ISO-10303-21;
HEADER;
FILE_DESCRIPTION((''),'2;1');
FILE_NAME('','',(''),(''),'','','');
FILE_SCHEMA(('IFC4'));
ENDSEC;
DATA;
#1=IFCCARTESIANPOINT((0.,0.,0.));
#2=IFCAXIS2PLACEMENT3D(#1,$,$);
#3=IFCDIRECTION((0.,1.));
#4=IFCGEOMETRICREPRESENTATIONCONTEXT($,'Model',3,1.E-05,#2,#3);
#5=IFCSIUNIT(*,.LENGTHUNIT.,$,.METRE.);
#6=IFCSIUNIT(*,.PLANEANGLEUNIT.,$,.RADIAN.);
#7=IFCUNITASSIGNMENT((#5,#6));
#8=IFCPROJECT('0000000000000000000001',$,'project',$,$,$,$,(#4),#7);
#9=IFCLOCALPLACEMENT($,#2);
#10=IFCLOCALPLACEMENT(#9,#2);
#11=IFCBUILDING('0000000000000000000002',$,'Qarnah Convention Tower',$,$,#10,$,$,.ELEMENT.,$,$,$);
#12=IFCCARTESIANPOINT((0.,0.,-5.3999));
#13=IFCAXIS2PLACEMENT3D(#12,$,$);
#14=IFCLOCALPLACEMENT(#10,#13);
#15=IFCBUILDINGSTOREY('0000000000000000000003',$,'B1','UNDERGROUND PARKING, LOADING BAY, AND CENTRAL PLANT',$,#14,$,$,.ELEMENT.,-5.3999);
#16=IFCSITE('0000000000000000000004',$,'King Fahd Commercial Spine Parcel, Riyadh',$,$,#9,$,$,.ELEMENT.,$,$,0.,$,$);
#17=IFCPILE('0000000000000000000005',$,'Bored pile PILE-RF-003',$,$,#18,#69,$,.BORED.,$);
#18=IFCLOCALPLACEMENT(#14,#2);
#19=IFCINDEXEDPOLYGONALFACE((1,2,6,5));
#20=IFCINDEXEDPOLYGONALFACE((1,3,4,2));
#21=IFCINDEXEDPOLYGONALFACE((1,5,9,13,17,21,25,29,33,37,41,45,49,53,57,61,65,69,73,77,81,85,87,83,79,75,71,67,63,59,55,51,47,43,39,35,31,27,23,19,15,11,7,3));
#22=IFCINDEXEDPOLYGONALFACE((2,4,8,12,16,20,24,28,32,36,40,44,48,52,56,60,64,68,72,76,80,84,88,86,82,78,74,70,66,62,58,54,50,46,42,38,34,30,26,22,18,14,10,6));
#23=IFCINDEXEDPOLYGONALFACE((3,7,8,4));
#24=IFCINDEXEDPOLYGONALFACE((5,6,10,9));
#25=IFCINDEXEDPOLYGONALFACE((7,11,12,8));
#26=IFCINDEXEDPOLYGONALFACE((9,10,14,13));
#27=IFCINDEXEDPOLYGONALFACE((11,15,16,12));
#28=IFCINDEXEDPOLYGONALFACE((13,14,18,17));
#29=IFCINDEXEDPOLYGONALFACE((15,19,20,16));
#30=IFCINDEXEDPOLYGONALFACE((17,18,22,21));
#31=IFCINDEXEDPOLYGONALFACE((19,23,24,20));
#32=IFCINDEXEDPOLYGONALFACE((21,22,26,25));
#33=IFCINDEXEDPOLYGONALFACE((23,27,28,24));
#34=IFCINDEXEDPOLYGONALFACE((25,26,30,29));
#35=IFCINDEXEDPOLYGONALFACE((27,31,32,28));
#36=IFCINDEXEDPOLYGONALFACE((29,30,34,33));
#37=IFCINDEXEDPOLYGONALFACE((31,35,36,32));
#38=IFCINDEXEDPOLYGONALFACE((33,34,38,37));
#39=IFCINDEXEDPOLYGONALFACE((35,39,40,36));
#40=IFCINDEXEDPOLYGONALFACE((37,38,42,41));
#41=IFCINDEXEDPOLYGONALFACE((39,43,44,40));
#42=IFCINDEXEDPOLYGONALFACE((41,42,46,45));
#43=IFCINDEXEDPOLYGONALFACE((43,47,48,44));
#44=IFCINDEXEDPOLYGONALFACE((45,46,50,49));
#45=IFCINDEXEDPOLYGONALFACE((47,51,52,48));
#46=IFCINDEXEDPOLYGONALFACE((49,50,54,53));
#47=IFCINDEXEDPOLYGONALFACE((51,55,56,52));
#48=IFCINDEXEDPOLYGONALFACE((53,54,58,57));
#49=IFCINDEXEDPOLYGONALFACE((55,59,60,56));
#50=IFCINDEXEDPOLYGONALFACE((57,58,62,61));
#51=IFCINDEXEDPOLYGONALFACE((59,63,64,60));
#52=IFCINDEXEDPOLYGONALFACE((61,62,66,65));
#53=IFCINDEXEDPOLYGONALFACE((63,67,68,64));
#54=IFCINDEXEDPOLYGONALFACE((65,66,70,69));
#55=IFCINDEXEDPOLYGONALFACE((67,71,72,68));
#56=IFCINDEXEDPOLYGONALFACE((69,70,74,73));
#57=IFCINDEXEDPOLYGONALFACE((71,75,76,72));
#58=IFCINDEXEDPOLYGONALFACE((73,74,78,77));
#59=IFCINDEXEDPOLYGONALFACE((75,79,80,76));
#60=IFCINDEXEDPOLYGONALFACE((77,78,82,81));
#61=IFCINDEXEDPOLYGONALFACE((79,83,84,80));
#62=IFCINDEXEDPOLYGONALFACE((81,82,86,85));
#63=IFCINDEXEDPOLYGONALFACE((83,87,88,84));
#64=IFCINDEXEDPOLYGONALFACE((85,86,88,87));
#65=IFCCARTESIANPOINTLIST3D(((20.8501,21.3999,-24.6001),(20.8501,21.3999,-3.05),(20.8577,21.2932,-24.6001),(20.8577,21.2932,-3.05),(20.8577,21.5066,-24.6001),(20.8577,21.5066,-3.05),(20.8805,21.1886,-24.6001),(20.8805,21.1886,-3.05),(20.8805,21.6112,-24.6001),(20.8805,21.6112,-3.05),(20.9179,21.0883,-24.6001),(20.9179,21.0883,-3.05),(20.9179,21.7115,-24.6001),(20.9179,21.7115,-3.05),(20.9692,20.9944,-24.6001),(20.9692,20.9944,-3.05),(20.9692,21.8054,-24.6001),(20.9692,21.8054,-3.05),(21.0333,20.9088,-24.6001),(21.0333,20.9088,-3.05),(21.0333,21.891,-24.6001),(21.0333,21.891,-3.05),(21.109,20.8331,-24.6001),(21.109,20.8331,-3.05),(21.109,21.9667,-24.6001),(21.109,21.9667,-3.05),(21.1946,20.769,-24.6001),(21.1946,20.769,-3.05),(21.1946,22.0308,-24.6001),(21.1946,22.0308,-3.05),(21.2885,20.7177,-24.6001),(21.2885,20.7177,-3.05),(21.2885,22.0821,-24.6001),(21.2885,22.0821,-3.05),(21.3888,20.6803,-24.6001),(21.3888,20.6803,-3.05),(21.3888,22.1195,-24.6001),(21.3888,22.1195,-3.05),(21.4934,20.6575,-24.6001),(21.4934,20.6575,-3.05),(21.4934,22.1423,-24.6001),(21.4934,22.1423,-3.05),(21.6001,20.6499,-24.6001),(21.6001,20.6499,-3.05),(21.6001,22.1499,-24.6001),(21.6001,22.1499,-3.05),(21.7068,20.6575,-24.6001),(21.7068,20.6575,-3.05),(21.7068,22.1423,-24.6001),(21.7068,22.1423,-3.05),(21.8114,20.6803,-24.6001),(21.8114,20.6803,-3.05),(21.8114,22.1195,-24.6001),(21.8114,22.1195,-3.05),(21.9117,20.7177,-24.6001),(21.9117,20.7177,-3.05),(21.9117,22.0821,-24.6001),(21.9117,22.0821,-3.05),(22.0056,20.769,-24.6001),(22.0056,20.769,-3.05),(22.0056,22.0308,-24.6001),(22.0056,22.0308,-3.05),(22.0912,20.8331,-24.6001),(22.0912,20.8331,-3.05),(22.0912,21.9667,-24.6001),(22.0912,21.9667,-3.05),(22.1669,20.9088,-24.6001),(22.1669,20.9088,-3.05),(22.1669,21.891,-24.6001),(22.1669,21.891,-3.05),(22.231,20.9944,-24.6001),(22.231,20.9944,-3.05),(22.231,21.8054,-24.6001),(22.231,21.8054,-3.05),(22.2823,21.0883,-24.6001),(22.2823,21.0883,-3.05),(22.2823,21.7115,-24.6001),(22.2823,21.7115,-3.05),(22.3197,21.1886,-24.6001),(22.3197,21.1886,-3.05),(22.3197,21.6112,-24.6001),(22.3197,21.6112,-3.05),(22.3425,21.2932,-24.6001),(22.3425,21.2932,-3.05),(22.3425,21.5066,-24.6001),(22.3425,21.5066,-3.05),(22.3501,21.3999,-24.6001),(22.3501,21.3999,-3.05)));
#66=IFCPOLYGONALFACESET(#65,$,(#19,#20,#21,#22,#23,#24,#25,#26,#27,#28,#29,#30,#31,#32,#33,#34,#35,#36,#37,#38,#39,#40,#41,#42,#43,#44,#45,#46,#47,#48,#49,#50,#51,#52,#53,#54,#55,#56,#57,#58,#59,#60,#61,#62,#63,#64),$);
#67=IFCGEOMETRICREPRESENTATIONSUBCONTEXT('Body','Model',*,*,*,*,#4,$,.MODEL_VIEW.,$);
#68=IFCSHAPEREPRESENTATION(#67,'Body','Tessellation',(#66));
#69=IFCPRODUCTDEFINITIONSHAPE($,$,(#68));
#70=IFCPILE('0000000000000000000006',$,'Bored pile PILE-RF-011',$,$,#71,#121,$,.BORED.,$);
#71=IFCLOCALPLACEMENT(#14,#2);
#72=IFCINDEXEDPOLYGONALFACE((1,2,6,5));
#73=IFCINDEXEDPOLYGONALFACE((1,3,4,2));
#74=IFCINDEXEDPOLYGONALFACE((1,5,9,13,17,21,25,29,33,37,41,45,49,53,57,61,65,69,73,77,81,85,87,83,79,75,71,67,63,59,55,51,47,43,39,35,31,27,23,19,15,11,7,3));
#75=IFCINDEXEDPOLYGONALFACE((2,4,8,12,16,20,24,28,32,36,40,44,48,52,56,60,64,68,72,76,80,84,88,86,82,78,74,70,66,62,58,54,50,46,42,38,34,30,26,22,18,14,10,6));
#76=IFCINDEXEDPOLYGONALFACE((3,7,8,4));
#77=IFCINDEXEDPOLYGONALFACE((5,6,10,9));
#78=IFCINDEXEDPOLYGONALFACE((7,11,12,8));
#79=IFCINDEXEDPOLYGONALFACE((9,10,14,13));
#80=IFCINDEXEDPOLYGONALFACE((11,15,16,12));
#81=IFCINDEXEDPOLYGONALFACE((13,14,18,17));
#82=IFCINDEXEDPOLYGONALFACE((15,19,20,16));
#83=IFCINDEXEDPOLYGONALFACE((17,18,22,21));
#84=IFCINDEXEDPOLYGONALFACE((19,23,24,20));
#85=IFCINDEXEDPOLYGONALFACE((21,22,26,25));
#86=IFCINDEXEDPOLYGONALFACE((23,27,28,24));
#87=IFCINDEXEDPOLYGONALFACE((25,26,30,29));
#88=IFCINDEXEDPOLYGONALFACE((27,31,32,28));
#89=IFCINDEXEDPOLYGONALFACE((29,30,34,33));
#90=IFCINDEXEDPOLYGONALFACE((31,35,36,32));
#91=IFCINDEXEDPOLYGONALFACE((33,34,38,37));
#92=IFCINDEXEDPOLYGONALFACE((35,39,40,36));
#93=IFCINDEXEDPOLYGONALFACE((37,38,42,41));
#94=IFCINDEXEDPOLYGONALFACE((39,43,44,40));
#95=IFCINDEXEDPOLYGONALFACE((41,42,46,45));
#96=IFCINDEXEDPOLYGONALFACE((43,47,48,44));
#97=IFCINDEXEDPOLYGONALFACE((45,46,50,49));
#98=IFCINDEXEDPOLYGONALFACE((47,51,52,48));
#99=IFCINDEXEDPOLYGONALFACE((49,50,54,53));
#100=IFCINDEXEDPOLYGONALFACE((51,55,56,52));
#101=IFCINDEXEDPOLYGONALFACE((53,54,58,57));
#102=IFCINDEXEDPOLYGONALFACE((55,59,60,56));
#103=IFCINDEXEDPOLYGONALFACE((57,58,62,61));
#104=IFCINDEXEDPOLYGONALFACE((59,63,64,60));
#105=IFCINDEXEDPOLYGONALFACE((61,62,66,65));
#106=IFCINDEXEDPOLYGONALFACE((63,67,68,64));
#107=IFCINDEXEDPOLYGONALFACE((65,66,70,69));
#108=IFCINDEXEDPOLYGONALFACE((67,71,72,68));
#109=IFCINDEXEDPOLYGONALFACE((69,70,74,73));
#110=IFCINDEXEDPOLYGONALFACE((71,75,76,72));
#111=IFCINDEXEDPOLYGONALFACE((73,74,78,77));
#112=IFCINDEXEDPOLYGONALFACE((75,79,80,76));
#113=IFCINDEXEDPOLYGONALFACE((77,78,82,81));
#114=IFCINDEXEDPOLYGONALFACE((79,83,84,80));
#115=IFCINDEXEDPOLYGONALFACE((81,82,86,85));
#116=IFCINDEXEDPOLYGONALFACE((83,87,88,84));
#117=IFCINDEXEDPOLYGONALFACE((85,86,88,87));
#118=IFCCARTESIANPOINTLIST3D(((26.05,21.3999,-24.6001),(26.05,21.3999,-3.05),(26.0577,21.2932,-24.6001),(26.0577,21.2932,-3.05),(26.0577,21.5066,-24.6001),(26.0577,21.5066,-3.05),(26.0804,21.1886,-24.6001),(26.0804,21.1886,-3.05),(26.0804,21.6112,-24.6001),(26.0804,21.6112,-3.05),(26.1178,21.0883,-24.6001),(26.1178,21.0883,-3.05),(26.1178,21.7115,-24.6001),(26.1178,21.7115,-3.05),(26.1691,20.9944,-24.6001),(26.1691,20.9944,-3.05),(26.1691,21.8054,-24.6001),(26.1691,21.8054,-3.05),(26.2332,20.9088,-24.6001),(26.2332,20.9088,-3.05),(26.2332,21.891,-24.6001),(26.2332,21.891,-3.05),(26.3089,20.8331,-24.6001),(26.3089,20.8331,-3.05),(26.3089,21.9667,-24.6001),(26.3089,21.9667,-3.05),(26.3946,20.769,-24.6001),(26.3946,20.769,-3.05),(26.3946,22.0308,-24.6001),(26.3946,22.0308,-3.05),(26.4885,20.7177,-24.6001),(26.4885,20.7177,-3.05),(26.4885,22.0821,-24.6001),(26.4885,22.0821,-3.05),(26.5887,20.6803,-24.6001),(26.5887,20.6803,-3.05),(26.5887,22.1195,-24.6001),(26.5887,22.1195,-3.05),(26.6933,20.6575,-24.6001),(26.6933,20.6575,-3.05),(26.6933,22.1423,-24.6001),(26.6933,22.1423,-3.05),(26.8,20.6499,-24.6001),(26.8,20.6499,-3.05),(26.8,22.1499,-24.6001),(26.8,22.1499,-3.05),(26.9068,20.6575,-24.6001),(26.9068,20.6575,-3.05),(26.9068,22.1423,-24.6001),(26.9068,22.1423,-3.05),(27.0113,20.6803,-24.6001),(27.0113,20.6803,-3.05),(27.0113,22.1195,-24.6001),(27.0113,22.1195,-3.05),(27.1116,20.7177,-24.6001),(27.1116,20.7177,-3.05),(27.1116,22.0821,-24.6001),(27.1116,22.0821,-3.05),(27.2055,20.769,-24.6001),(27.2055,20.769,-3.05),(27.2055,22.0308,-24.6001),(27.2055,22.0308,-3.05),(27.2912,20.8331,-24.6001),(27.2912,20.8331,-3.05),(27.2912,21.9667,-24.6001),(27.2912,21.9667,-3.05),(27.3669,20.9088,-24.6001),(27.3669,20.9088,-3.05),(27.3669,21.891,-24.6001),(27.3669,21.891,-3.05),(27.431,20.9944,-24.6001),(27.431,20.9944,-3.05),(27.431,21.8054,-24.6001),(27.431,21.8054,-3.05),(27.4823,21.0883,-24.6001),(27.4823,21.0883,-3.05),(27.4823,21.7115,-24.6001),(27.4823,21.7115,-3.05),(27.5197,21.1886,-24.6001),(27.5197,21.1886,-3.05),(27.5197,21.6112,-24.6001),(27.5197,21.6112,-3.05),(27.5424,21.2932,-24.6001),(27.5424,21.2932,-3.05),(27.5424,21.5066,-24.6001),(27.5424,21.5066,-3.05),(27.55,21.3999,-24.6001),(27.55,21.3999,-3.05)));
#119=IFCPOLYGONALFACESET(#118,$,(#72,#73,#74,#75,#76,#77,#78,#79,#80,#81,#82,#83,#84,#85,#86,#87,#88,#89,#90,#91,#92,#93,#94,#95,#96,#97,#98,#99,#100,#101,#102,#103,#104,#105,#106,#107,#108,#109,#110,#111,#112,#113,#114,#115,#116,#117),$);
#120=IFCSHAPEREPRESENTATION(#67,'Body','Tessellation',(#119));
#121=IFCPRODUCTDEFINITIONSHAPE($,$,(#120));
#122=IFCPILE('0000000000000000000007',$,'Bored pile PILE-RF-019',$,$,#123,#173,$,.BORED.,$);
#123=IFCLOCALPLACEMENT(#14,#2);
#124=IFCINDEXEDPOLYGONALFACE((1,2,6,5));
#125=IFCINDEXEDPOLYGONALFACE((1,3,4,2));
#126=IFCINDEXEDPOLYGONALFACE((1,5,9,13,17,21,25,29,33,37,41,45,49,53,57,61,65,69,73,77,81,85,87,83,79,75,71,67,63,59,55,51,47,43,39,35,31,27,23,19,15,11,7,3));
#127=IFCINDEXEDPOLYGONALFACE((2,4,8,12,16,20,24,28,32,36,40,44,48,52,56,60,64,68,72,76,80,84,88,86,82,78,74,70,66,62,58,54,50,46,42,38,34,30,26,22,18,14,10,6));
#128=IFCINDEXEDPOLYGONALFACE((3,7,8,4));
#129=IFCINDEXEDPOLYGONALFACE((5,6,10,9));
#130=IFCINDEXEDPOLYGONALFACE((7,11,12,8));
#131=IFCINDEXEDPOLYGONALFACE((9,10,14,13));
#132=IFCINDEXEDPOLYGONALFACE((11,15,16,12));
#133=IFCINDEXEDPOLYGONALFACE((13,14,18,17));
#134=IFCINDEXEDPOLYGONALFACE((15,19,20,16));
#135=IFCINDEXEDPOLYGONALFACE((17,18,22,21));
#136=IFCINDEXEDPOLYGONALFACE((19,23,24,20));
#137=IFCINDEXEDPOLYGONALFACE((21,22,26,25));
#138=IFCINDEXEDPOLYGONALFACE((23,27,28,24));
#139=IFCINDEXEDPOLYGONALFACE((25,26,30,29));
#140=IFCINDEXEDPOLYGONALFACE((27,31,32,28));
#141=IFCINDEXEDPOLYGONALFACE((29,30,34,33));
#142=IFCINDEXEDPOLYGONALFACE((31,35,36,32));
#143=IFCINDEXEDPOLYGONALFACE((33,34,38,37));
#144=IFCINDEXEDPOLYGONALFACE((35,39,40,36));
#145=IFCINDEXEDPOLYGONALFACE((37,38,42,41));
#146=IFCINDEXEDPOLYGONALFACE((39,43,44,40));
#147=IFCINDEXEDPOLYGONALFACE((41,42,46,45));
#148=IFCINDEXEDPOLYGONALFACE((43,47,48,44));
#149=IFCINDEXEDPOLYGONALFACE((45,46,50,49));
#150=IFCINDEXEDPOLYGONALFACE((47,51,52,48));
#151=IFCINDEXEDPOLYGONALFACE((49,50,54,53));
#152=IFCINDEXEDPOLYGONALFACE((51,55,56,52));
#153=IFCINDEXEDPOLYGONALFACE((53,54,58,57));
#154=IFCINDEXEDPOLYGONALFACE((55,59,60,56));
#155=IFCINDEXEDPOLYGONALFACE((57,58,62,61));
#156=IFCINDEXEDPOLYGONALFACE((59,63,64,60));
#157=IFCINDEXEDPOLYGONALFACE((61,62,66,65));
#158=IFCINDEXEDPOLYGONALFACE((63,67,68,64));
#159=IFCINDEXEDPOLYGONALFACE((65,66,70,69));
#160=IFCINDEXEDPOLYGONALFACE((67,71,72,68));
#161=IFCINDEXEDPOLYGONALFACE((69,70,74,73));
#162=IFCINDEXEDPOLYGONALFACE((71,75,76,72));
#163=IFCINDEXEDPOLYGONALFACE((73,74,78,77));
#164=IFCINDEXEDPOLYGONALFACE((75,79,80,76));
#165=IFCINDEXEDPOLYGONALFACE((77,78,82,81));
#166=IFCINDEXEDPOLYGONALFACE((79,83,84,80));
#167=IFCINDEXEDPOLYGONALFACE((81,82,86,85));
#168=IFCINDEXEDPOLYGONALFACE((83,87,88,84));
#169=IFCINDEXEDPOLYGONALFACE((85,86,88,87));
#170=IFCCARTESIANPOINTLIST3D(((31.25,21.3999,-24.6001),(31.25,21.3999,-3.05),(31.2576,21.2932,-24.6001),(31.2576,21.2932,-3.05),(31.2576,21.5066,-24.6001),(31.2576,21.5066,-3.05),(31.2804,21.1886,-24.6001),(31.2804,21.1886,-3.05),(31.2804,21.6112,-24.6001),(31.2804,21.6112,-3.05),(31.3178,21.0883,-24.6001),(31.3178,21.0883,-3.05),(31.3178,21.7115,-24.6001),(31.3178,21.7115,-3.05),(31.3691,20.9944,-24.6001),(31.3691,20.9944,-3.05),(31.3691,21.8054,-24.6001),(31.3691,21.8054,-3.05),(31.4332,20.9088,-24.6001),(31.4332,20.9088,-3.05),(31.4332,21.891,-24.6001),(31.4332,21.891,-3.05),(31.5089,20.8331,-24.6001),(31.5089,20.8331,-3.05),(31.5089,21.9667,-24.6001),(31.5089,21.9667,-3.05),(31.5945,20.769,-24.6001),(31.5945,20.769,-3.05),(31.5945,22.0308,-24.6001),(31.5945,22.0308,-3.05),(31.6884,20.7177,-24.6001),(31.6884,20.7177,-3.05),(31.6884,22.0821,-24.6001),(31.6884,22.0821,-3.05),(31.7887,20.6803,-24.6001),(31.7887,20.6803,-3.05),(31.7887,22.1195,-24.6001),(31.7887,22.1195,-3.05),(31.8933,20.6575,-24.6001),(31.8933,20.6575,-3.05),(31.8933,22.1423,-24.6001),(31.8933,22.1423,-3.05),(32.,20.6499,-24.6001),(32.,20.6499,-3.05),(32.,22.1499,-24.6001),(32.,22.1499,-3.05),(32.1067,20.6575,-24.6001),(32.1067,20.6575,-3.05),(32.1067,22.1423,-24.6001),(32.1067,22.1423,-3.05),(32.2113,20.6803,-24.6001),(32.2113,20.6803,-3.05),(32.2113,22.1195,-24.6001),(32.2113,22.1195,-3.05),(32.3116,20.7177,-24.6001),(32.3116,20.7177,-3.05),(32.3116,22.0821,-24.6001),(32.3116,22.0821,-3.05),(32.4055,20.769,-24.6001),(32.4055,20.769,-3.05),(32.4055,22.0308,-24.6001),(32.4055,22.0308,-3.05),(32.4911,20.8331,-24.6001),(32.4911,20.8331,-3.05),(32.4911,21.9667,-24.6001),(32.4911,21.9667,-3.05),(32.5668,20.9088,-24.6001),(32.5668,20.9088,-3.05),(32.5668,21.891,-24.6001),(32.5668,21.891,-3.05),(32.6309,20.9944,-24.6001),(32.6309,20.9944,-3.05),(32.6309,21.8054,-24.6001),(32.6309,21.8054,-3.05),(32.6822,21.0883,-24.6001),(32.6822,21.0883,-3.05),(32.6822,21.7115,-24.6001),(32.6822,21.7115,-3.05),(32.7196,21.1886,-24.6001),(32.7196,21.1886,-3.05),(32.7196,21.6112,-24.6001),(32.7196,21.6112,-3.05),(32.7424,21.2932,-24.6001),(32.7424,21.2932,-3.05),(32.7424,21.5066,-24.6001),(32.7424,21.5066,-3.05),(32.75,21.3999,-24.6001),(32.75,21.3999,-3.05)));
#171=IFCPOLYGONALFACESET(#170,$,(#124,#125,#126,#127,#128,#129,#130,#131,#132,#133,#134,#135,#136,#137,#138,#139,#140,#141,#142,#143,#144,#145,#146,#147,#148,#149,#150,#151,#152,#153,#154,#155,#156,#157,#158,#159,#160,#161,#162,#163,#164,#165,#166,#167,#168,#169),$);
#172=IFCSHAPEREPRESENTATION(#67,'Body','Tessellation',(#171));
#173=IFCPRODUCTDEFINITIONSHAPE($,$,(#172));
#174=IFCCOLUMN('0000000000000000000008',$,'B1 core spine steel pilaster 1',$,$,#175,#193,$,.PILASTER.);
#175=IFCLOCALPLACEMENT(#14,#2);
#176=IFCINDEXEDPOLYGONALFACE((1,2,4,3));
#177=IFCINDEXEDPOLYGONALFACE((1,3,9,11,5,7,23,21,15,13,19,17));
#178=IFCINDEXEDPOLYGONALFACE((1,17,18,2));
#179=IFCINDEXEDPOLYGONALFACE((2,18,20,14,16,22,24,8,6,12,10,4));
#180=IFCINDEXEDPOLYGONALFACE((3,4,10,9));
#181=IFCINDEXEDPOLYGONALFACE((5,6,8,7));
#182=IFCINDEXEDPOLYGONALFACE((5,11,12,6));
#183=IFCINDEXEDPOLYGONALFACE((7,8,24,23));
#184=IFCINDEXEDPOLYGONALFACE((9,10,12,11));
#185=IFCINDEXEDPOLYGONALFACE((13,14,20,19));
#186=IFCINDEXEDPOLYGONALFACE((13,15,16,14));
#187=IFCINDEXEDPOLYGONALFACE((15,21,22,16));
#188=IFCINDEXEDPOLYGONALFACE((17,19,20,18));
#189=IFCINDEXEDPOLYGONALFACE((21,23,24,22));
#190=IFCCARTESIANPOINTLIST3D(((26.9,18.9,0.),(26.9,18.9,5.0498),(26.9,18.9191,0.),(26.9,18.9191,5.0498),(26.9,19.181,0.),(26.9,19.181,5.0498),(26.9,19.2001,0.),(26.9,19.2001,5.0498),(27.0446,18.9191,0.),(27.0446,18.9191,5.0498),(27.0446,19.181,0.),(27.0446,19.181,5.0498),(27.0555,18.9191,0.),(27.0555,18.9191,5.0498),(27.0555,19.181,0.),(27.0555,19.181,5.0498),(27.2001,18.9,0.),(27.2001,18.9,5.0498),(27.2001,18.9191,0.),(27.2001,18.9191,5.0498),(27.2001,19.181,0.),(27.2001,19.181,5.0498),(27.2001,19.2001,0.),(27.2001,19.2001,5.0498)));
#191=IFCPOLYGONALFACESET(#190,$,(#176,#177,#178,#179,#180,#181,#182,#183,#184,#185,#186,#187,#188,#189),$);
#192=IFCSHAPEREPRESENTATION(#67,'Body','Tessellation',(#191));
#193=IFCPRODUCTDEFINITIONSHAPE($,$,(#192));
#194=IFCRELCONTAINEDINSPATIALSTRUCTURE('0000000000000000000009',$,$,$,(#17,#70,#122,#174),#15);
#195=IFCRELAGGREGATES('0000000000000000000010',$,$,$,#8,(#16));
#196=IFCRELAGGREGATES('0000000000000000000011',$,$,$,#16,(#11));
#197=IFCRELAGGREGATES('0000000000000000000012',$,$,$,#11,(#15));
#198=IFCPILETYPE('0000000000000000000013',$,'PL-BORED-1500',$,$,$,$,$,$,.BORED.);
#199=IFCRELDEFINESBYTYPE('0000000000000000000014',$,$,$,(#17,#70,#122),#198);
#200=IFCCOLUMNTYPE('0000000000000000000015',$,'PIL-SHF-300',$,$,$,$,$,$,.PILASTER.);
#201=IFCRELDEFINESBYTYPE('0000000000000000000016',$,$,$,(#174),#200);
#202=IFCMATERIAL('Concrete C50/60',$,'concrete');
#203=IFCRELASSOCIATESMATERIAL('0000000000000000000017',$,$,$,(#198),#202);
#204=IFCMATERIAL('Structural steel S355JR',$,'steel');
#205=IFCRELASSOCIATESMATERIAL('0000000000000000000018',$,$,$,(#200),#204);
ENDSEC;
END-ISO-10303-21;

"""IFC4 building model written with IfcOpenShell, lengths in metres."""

from ifc_helpers import new_model, si_unit, direction, frame, origin, origin_2d, place, context, subcontext, project, spatial, circle, i_section, extrude, material, material_profile, profile_set, type_object, element, save


model = new_model("IFC4")

# Units and contexts
model_context = context("Model", 3, precision=1e-05, world=origin(), true_north=direction((0.0, 1.0)))
body_context = subcontext(model_context, "Body", "Model", "MODEL_VIEW")
ifc_project = project(units=[si_unit("LENGTHUNIT", "METRE"), si_unit("PLANEANGLEUNIT", "RADIAN")], contexts=[model_context])

# Site, building, storey
site_placement = place(None, origin())
site = spatial("IfcSite", under=ifc_project, at=site_placement, Name="King Fahd Commercial Spine Parcel, Riyadh", CompositionType="ELEMENT", RefElevation=0.0)
building_placement = place(site_placement, origin())
building = spatial("IfcBuilding", under=site, at=building_placement, Name="Qarnah Convention Tower", CompositionType="ELEMENT")
storey_placement = place(building_placement, frame((0.0, 0.0, -5.3999)))
storey = spatial("IfcBuildingStorey", under=building, at=storey_placement, Name="B1", Description="UNDERGROUND PARKING, LOADING BAY, AND CENTRAL PLANT", CompositionType="ELEMENT", Elevation=-5.3999)

# Piles
ifc_material_1 = material(Name="Concrete C50/60", Category="concrete")
ifc_material_profile_1 = material_profile(ifc_material_1, circle(Radius=0.75, at=origin_2d()), Name="PILE-D1500")
ifc_profile_set_1 = profile_set([ifc_material_profile_1], Name="Concrete C50/60")
pile_type = type_object("IfcPileType", Name="PL-BORED-1500", PredefinedType="BORED", material=ifc_profile_set_1)
for number, where, z_axis, x_axis, name in (
    (1, (21.6001, 21.3999, -3.05), (0.0, 0.0, -1.0), (1.0, 0.0, 0.0), "Bored pile PILE-RF-003"),
    (2, (26.8, 21.3999, -3.05), (0.0, 0.0, -1.0), (1.0, 0.0, 0.0), "Bored pile PILE-RF-011"),
    (3, (32.0, 21.3999, -3.05), (0.0, 0.0, -1.0), (1.0, 0.0, 0.0), "Bored pile PILE-RF-019"),
):
    element("IfcPile", number, at=place(storey_placement, frame(where, z_axis=z_axis, x_axis=x_axis)), inside=storey, type_object=pile_type, Name=name, PredefinedType="BORED", context=body_context, shape_type="SweptSolid", body=[
        extrude(circle(Radius=0.75, at=origin_2d()), origin(), (0.0, 0.0, 1.0), 21.55),
    ])

# Column
ifc_material_2 = material(Name="Structural steel S355JR", Category="steel")
ifc_material_profile_2 = material_profile(ifc_material_2, i_section(OverallWidth=0.3, OverallDepth=0.3, WebThickness=0.011, FlangeThickness=0.019, at=origin_2d()), Name="HEB300")
ifc_profile_set_2 = profile_set([ifc_material_profile_2], Name="Structural steel S355JR")
column_type = type_object("IfcColumnType", Name="PIL-SHF-300", PredefinedType="PILASTER", material=ifc_profile_set_2)
column_placement = place(storey_placement, frame((27.05, 19.05, 0.0), z_axis=(0.0, 0.0, 1.0), x_axis=(1.0, 0.0, 0.0)))
element("IfcColumn", 4, at=column_placement, inside=storey, type_object=column_type, Name="B1 core spine steel pilaster 1", PredefinedType="PILASTER", context=body_context, shape_type="SweptSolid", body=[
    extrude(i_section(OverallWidth=0.3, OverallDepth=0.3, WebThickness=0.011, FlangeThickness=0.019, at=origin_2d()), origin(), (0.0, 0.0, 1.0), 5.0498),
])

save(model, "model.ifc")
